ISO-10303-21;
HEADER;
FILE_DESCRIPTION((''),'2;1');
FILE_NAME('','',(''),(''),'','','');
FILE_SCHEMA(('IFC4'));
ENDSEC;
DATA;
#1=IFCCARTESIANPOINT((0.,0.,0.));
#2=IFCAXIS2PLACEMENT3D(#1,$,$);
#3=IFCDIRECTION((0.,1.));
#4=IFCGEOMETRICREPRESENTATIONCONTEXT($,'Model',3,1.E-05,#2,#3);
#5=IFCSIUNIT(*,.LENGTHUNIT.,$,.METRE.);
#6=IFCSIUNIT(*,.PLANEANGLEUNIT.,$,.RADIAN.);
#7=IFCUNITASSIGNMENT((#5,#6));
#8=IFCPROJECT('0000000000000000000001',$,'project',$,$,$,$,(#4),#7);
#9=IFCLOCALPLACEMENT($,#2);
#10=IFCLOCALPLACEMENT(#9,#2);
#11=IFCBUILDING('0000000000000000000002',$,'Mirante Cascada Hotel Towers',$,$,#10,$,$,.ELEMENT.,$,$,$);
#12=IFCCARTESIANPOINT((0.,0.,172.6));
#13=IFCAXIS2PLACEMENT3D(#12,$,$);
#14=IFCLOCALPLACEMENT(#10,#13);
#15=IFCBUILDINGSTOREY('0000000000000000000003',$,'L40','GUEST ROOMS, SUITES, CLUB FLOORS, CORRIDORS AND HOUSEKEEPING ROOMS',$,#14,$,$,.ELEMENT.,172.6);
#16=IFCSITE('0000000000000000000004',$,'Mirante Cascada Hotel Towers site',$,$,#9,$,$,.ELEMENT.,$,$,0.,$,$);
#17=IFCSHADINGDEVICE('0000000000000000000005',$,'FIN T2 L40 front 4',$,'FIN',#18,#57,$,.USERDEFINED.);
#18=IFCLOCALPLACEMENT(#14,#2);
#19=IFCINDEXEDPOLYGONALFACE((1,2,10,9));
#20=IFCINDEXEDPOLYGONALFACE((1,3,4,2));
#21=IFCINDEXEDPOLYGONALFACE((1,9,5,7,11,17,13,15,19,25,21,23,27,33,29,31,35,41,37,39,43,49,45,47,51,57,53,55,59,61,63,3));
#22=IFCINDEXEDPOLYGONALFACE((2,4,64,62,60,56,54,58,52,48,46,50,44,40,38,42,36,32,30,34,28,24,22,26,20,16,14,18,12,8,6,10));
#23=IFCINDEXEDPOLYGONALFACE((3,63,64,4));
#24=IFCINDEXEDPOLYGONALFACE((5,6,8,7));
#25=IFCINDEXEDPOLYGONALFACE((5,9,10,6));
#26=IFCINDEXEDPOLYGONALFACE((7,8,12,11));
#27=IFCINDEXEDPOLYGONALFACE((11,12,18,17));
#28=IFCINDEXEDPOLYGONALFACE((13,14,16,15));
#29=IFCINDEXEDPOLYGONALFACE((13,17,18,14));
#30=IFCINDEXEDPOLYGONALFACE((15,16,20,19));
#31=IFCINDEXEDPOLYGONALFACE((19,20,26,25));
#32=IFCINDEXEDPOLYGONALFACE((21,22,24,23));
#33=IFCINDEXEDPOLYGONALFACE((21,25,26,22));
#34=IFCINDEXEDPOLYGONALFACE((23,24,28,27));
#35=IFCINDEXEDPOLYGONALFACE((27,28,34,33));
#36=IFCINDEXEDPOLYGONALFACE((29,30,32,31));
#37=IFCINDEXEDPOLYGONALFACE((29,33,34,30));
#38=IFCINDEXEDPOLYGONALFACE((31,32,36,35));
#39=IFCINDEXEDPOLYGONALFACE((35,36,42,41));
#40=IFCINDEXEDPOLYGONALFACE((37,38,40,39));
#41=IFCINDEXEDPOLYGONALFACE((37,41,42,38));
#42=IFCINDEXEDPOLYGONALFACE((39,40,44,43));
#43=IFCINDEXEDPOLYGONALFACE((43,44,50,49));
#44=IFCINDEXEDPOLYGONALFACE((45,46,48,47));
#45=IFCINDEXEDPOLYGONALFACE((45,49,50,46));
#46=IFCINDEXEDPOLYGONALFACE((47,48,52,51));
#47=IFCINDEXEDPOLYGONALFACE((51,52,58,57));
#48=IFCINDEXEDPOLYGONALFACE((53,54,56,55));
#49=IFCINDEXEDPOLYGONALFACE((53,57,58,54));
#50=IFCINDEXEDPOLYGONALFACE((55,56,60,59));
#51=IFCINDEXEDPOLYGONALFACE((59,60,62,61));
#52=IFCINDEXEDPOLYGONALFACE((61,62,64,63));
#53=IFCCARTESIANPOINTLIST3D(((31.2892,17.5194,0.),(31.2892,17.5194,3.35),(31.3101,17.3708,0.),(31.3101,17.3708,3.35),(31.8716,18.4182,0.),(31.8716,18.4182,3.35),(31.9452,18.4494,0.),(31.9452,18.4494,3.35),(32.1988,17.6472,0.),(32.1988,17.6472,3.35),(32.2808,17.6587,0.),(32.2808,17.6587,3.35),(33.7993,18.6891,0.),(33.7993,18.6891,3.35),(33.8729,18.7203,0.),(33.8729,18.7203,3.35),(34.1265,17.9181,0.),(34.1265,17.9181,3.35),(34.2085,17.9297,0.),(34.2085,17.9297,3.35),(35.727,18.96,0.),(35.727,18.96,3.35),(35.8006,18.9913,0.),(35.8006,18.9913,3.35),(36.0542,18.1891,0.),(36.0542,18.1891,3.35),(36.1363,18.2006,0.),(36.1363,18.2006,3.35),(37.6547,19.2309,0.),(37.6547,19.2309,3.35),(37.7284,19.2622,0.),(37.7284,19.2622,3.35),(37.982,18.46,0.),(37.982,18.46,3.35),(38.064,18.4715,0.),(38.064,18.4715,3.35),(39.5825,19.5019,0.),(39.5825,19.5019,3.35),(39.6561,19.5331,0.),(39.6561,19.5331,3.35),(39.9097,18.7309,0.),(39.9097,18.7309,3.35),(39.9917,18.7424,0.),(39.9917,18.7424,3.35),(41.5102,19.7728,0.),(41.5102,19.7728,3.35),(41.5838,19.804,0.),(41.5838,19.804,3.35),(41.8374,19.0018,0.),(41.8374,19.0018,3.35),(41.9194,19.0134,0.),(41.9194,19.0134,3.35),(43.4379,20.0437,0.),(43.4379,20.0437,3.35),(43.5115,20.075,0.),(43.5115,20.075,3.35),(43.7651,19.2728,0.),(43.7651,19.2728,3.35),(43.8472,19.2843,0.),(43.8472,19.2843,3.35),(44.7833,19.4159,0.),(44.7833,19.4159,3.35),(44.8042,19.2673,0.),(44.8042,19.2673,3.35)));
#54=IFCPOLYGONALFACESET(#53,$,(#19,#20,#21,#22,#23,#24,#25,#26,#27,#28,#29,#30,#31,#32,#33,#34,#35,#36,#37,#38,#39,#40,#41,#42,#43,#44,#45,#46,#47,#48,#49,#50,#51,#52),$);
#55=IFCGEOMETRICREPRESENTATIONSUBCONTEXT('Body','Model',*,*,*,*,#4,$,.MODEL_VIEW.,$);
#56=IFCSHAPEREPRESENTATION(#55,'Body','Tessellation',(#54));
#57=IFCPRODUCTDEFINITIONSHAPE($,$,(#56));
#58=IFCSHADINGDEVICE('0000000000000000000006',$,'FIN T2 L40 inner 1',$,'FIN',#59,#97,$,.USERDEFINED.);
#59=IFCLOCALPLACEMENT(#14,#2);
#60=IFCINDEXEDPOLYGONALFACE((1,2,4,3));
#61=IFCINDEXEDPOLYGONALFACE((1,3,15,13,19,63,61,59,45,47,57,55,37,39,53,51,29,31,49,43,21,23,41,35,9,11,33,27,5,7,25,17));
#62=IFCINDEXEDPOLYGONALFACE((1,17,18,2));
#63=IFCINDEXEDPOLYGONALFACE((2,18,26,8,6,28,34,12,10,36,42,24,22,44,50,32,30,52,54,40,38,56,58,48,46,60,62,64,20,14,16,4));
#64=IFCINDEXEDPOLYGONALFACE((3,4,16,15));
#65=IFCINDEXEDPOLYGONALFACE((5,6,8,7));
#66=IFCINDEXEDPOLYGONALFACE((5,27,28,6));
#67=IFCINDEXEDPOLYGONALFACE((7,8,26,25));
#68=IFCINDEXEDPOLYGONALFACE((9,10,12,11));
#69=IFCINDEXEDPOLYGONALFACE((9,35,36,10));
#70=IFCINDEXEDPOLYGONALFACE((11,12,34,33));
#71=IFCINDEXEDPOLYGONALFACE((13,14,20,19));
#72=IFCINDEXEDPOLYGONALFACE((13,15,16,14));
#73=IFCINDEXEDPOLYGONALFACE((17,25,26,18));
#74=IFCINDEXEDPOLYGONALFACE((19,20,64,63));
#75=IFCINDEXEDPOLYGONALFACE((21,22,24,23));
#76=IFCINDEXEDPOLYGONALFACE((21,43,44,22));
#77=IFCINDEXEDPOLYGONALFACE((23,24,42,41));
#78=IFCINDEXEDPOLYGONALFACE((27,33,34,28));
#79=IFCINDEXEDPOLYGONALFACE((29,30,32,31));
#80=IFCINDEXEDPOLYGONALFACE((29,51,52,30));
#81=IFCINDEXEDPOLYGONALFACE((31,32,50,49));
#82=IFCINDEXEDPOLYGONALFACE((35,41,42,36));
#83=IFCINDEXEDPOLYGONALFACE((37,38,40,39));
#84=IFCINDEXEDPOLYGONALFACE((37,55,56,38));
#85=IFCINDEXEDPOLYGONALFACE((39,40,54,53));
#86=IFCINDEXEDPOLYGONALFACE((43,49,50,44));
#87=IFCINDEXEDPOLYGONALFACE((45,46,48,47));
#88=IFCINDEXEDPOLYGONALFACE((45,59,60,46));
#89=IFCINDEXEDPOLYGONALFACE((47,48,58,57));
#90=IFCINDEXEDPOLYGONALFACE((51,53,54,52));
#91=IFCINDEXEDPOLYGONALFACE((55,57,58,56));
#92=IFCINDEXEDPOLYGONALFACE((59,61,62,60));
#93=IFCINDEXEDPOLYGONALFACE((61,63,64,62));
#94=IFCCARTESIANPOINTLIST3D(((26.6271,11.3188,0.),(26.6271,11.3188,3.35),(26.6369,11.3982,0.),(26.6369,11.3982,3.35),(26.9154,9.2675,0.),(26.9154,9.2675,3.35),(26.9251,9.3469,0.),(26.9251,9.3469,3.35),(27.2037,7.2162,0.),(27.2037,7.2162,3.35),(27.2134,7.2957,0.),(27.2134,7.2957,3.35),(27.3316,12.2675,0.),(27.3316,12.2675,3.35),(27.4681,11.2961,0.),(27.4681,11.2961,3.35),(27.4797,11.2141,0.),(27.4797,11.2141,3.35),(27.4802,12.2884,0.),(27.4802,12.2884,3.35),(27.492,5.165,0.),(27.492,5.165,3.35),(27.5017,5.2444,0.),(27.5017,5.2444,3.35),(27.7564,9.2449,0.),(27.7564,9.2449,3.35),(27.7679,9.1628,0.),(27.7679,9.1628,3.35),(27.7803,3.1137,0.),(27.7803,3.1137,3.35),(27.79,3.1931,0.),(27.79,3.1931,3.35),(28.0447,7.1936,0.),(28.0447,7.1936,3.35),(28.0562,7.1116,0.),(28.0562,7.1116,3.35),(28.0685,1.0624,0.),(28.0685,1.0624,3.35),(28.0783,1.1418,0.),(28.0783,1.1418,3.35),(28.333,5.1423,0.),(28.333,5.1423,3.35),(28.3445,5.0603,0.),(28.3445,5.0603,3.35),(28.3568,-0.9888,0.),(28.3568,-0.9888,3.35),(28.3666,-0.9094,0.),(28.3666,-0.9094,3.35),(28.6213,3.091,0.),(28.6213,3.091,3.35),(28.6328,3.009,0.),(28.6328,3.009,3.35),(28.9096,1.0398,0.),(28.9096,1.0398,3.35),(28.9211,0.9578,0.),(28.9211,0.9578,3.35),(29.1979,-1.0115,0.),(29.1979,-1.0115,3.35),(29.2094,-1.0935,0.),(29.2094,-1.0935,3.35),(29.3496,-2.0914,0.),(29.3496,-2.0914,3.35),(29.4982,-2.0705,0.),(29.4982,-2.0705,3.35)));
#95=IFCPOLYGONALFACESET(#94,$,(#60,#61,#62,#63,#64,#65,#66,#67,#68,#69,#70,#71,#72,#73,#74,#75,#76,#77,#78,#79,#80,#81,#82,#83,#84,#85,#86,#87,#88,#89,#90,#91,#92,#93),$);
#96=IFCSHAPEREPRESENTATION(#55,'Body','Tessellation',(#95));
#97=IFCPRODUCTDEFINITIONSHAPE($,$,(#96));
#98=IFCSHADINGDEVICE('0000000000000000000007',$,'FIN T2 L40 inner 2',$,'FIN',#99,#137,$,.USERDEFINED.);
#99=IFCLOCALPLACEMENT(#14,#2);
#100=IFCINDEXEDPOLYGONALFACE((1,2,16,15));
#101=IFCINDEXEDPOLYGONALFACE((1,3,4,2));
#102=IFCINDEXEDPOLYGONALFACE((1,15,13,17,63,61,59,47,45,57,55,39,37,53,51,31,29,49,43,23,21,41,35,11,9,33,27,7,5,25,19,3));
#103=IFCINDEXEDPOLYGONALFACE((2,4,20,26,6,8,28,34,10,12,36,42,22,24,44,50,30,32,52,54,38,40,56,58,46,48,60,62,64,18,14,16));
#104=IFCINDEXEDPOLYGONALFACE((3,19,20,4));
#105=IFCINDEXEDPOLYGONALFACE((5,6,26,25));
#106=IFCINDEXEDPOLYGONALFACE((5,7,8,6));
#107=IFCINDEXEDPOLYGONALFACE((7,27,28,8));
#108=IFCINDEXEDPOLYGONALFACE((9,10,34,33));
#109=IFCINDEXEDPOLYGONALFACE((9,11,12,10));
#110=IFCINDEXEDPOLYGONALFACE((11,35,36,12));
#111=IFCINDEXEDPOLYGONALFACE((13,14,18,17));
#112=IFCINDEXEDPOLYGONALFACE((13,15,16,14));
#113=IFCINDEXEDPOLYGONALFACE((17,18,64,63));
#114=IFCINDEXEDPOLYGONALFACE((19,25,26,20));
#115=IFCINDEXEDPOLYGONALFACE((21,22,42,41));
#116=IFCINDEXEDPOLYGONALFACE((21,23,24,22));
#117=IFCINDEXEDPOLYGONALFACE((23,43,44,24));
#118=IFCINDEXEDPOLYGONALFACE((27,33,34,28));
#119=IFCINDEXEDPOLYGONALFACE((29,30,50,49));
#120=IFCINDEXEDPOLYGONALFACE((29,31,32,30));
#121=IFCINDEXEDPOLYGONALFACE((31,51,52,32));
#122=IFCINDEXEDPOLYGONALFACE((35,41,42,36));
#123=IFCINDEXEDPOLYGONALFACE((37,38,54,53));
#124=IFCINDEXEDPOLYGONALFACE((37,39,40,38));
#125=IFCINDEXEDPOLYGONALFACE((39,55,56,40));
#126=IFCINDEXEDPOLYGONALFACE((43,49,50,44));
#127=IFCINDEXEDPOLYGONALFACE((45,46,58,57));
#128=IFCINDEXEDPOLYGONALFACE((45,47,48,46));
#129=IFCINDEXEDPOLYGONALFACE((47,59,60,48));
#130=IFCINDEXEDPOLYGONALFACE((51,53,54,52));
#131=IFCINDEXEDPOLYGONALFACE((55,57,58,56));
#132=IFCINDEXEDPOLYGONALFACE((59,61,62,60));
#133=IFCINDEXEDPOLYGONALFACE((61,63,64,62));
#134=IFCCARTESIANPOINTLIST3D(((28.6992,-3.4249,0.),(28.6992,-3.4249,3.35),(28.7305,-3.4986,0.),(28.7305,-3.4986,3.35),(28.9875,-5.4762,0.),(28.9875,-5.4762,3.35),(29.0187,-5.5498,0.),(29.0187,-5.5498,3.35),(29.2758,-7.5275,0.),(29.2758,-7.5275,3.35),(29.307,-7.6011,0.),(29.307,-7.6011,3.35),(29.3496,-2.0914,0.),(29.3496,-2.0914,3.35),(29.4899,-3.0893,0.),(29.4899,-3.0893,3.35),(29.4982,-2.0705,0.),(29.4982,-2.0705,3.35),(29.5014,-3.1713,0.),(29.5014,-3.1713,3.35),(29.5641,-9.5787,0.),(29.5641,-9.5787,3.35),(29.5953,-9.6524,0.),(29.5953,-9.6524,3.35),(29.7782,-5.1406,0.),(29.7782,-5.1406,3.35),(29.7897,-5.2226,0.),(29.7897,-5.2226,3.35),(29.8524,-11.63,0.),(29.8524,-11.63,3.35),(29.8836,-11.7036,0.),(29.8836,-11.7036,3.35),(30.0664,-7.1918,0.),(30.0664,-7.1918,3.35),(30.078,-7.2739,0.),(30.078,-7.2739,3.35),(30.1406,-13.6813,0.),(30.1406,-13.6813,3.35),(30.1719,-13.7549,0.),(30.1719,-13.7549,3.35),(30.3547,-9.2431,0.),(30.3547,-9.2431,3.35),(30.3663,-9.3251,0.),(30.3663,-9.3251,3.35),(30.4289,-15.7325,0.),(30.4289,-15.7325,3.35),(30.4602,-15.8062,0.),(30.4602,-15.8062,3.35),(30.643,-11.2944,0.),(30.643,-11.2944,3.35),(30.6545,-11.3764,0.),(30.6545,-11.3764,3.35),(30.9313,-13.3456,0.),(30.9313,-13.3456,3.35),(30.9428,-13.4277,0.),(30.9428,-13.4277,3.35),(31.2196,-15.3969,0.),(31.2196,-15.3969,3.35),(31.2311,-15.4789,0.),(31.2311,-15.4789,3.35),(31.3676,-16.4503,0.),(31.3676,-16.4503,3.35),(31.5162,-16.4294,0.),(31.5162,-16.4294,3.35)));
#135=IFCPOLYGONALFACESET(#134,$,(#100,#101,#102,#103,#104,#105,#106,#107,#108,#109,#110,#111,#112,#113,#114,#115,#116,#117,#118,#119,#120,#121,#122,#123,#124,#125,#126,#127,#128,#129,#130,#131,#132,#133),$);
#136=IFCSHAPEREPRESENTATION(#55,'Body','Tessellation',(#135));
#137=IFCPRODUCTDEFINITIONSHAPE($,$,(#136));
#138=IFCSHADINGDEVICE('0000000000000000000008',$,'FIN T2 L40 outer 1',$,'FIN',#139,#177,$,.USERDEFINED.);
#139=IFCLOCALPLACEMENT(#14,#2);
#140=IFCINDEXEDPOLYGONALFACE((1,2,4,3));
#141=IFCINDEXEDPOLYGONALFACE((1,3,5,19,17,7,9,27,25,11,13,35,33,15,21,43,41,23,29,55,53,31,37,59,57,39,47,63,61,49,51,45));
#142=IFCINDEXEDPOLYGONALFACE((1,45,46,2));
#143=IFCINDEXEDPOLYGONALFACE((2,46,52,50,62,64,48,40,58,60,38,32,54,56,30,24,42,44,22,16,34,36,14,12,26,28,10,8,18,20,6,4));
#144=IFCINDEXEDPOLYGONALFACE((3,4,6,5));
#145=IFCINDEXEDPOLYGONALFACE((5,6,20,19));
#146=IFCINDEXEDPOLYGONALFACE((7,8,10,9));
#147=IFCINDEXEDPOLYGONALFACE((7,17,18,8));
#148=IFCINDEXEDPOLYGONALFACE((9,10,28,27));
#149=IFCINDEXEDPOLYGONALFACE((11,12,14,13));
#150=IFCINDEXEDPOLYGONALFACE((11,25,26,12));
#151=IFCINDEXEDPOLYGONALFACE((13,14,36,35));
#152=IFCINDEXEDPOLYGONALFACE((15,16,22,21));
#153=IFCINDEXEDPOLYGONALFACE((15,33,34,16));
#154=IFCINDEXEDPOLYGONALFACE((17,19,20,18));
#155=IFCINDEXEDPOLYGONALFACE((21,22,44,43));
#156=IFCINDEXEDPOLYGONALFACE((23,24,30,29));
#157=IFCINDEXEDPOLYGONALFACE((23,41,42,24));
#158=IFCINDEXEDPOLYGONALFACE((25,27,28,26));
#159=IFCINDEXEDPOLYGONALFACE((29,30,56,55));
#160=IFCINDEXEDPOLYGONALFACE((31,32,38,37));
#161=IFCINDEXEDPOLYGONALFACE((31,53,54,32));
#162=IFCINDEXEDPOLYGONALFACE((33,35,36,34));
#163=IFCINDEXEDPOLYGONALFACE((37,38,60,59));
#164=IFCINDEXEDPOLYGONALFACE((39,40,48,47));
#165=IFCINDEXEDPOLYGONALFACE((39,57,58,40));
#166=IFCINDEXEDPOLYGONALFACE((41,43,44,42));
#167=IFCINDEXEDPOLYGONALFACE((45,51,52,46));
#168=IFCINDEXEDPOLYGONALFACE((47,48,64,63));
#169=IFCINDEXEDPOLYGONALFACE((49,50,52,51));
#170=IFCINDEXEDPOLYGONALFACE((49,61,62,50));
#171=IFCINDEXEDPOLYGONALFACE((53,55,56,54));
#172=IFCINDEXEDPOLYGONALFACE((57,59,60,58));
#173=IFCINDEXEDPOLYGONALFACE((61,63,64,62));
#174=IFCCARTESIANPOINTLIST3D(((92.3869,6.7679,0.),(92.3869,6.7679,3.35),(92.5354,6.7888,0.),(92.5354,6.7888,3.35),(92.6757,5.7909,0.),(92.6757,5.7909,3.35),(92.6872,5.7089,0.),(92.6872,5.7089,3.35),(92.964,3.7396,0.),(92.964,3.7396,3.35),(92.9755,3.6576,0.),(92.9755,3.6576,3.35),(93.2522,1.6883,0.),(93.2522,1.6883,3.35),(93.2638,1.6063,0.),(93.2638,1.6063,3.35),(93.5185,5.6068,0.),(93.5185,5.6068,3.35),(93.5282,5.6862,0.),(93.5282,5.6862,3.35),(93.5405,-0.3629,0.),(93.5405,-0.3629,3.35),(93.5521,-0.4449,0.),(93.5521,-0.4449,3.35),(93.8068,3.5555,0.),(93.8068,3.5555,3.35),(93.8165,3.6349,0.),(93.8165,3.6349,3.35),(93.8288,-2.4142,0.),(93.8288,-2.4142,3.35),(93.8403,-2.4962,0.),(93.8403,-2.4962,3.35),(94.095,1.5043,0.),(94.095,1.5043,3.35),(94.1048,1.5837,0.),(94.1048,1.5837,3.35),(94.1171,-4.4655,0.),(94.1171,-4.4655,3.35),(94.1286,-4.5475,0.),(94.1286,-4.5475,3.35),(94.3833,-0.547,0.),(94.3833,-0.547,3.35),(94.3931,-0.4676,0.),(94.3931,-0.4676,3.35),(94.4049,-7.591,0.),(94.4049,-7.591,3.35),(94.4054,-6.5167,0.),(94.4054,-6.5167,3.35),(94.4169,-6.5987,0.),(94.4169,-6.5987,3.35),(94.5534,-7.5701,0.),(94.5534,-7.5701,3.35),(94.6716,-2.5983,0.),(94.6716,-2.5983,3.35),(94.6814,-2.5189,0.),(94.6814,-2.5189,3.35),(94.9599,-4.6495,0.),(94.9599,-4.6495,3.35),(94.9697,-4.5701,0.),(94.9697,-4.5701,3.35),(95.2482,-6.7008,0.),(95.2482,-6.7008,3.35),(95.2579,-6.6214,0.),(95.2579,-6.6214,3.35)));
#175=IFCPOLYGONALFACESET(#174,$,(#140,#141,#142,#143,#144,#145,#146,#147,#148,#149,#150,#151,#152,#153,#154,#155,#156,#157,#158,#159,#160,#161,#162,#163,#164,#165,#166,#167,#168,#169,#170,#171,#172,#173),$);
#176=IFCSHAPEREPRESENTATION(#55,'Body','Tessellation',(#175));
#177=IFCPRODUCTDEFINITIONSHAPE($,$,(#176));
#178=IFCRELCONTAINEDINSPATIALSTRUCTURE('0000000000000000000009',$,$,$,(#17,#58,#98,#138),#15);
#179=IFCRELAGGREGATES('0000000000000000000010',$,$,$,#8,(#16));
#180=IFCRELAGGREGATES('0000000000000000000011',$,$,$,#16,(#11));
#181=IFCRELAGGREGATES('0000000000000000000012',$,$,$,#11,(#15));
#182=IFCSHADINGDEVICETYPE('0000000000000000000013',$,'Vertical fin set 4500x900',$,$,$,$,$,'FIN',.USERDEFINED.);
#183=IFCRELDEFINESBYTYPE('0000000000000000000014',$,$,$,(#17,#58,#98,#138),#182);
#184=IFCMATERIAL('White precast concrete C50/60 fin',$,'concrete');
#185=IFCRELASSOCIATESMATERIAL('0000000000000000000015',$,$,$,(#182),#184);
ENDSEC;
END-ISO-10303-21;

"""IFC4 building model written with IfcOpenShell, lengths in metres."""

from ifc_helpers import new_model, si_unit, direction, frame, origin, place, context, subcontext, project, spatial, polyline, outline, extrude, material, type_object, element, save


model = new_model("IFC4")

# Units and contexts
model_context = context("Model", 3, precision=1e-05, world=origin(), true_north=direction((0.0, 1.0)))
body_context = subcontext(model_context, "Body", "Model", "MODEL_VIEW")
ifc_project = project(units=[si_unit("LENGTHUNIT", "METRE"), si_unit("PLANEANGLEUNIT", "RADIAN")], contexts=[model_context])

# Site, building, storey
site_placement = place(None, origin())
site = spatial("IfcSite", under=ifc_project, at=site_placement, Name="Mirante Cascada Hotel Towers site", CompositionType="ELEMENT", RefElevation=0.0)
building_placement = place(site_placement, origin())
building = spatial("IfcBuilding", under=site, at=building_placement, Name="Mirante Cascada Hotel Towers", CompositionType="ELEMENT")
storey_placement = place(building_placement, frame((0.0, 0.0, 172.6)))
storey = spatial("IfcBuildingStorey", under=building, at=storey_placement, Name="L40", Description="GUEST ROOMS, SUITES, CLUB FLOORS, CORRIDORS AND HOUSEKEEPING ROOMS", CompositionType="ELEMENT", Elevation=172.6)

# Shading devices
ifc_material_1 = material(Name="White precast concrete C50/60 fin", Category="concrete")
shading_device_type = type_object("IfcShadingDeviceType", Name="Vertical fin set 4500x900", ElementType="FIN", PredefinedType="USERDEFINED", material=ifc_material_1)
shading_device_1_placement = place(storey_placement, origin())
element("IfcShadingDevice", 1, at=shading_device_1_placement, inside=storey, type_object=shading_device_type, Name="FIN T2 L40 front 4", ObjectType="FIN", PredefinedType="USERDEFINED", context=body_context, shape_type="SweptSolid", body=[
    extrude(outline(polyline([(31.9452, 18.4494), (32.2808, 17.6587), (34.1265, 17.9181), (33.7993, 18.6891), (33.8729, 18.7203), (34.2085, 17.9297), (36.0542, 18.1891), (35.727, 18.96), (35.8006, 18.9913), (36.1363, 18.2006), (37.982, 18.46), (37.6547, 19.2309), (37.7284, 19.2622), (38.064, 18.4715), (39.9097, 18.7309), (39.5825, 19.5019), (39.6561, 19.5331), (39.9917, 18.7424), (41.8374, 19.0018), (41.5102, 19.7728), (41.5838, 19.804), (41.9194, 19.0134), (43.7651, 19.2728), (43.4379, 20.0437), (43.5115, 20.075), (43.8472, 19.2843), (44.7833, 19.4159), (44.8042, 19.2673), (31.3101, 17.3708), (31.2892, 17.5194), (32.1988, 17.6472), (31.8716, 18.4182), (31.9452, 18.4494)])), origin(), (0.0, 0.0, 1.0), 3.35),
])
shading_device_2_placement = place(storey_placement, origin())
element("IfcShadingDevice", 2, at=shading_device_2_placement, inside=storey, type_object=shading_device_type, Name="FIN T2 L40 inner 1", ObjectType="FIN", PredefinedType="USERDEFINED", context=body_context, shape_type="SweptSolid", body=[
    extrude(outline(polyline([(28.3666, -0.9094), (29.1979, -1.0115), (28.9211, 0.9578), (28.0685, 1.0624), (28.0783, 1.1418), (28.9096, 1.0398), (28.6328, 3.009), (27.7803, 3.1137), (27.79, 3.1931), (28.6213, 3.091), (28.3445, 5.0603), (27.492, 5.165), (27.5017, 5.2444), (28.333, 5.1423), (28.0562, 7.1116), (27.2037, 7.2162), (27.2134, 7.2957), (28.0447, 7.1936), (27.7679, 9.1628), (26.9154, 9.2675), (26.9251, 9.3469), (27.7564, 9.2449), (27.4797, 11.2141), (26.6271, 11.3188), (26.6369, 11.3982), (27.4681, 11.2961), (27.3316, 12.2675), (27.4802, 12.2884), (29.4982, -2.0705), (29.3496, -2.0914), (29.2094, -1.0935), (28.3568, -0.9888), (28.3666, -0.9094)])), origin(), (0.0, 0.0, 1.0), 3.35),
])
shading_device_3_placement = place(storey_placement, origin())
element("IfcShadingDevice", 3, at=shading_device_3_placement, inside=storey, type_object=shading_device_type, Name="FIN T2 L40 inner 2", ObjectType="FIN", PredefinedType="USERDEFINED", context=body_context, shape_type="SweptSolid", body=[
    extrude(outline(polyline([(30.4289, -15.7325), (31.2196, -15.3969), (30.9428, -13.4277), (30.1719, -13.7549), (30.1406, -13.6813), (30.9313, -13.3456), (30.6545, -11.3764), (29.8836, -11.7036), (29.8524, -11.63), (30.643, -11.2944), (30.3663, -9.3251), (29.5953, -9.6524), (29.5641, -9.5787), (30.3547, -9.2431), (30.078, -7.2739), (29.307, -7.6011), (29.2758, -7.5275), (30.0664, -7.1918), (29.7897, -5.2226), (29.0187, -5.5498), (28.9875, -5.4762), (29.7782, -5.1406), (29.5014, -3.1713), (28.7305, -3.4986), (28.6992, -3.4249), (29.4899, -3.0893), (29.3496, -2.0914), (29.4982, -2.0705), (31.5162, -16.4294), (31.3676, -16.4503), (31.2311, -15.4789), (30.4602, -15.8062), (30.4289, -15.7325)])), origin(), (0.0, 0.0, 1.0), 3.35),
])
shading_device_4_placement = place(storey_placement, origin())
element("IfcShadingDevice", 4, at=shading_device_4_placement, inside=storey, type_object=shading_device_type, Name="FIN T2 L40 outer 1", ObjectType="FIN", PredefinedType="USERDEFINED", context=body_context, shape_type="SweptSolid", body=[
    extrude(outline(polyline([(95.2482, -6.7008), (94.4169, -6.5987), (94.5534, -7.5701), (94.4049, -7.591), (92.3869, 6.7679), (92.5354, 6.7888), (92.6757, 5.7909), (93.5282, 5.6862), (93.5185, 5.6068), (92.6872, 5.7089), (92.964, 3.7396), (93.8165, 3.6349), (93.8068, 3.5555), (92.9755, 3.6576), (93.2522, 1.6883), (94.1048, 1.5837), (94.095, 1.5043), (93.2638, 1.6063), (93.5405, -0.3629), (94.3931, -0.4676), (94.3833, -0.547), (93.5521, -0.4449), (93.8288, -2.4142), (94.6814, -2.5189), (94.6716, -2.5983), (93.8403, -2.4962), (94.1171, -4.4655), (94.9697, -4.5701), (94.9599, -4.6495), (94.1286, -4.5475), (94.4054, -6.5167), (95.2579, -6.6214), (95.2482, -6.7008)])), origin(), (0.0, 0.0, 1.0), 3.35),
])

save(model, "model.ifc")
